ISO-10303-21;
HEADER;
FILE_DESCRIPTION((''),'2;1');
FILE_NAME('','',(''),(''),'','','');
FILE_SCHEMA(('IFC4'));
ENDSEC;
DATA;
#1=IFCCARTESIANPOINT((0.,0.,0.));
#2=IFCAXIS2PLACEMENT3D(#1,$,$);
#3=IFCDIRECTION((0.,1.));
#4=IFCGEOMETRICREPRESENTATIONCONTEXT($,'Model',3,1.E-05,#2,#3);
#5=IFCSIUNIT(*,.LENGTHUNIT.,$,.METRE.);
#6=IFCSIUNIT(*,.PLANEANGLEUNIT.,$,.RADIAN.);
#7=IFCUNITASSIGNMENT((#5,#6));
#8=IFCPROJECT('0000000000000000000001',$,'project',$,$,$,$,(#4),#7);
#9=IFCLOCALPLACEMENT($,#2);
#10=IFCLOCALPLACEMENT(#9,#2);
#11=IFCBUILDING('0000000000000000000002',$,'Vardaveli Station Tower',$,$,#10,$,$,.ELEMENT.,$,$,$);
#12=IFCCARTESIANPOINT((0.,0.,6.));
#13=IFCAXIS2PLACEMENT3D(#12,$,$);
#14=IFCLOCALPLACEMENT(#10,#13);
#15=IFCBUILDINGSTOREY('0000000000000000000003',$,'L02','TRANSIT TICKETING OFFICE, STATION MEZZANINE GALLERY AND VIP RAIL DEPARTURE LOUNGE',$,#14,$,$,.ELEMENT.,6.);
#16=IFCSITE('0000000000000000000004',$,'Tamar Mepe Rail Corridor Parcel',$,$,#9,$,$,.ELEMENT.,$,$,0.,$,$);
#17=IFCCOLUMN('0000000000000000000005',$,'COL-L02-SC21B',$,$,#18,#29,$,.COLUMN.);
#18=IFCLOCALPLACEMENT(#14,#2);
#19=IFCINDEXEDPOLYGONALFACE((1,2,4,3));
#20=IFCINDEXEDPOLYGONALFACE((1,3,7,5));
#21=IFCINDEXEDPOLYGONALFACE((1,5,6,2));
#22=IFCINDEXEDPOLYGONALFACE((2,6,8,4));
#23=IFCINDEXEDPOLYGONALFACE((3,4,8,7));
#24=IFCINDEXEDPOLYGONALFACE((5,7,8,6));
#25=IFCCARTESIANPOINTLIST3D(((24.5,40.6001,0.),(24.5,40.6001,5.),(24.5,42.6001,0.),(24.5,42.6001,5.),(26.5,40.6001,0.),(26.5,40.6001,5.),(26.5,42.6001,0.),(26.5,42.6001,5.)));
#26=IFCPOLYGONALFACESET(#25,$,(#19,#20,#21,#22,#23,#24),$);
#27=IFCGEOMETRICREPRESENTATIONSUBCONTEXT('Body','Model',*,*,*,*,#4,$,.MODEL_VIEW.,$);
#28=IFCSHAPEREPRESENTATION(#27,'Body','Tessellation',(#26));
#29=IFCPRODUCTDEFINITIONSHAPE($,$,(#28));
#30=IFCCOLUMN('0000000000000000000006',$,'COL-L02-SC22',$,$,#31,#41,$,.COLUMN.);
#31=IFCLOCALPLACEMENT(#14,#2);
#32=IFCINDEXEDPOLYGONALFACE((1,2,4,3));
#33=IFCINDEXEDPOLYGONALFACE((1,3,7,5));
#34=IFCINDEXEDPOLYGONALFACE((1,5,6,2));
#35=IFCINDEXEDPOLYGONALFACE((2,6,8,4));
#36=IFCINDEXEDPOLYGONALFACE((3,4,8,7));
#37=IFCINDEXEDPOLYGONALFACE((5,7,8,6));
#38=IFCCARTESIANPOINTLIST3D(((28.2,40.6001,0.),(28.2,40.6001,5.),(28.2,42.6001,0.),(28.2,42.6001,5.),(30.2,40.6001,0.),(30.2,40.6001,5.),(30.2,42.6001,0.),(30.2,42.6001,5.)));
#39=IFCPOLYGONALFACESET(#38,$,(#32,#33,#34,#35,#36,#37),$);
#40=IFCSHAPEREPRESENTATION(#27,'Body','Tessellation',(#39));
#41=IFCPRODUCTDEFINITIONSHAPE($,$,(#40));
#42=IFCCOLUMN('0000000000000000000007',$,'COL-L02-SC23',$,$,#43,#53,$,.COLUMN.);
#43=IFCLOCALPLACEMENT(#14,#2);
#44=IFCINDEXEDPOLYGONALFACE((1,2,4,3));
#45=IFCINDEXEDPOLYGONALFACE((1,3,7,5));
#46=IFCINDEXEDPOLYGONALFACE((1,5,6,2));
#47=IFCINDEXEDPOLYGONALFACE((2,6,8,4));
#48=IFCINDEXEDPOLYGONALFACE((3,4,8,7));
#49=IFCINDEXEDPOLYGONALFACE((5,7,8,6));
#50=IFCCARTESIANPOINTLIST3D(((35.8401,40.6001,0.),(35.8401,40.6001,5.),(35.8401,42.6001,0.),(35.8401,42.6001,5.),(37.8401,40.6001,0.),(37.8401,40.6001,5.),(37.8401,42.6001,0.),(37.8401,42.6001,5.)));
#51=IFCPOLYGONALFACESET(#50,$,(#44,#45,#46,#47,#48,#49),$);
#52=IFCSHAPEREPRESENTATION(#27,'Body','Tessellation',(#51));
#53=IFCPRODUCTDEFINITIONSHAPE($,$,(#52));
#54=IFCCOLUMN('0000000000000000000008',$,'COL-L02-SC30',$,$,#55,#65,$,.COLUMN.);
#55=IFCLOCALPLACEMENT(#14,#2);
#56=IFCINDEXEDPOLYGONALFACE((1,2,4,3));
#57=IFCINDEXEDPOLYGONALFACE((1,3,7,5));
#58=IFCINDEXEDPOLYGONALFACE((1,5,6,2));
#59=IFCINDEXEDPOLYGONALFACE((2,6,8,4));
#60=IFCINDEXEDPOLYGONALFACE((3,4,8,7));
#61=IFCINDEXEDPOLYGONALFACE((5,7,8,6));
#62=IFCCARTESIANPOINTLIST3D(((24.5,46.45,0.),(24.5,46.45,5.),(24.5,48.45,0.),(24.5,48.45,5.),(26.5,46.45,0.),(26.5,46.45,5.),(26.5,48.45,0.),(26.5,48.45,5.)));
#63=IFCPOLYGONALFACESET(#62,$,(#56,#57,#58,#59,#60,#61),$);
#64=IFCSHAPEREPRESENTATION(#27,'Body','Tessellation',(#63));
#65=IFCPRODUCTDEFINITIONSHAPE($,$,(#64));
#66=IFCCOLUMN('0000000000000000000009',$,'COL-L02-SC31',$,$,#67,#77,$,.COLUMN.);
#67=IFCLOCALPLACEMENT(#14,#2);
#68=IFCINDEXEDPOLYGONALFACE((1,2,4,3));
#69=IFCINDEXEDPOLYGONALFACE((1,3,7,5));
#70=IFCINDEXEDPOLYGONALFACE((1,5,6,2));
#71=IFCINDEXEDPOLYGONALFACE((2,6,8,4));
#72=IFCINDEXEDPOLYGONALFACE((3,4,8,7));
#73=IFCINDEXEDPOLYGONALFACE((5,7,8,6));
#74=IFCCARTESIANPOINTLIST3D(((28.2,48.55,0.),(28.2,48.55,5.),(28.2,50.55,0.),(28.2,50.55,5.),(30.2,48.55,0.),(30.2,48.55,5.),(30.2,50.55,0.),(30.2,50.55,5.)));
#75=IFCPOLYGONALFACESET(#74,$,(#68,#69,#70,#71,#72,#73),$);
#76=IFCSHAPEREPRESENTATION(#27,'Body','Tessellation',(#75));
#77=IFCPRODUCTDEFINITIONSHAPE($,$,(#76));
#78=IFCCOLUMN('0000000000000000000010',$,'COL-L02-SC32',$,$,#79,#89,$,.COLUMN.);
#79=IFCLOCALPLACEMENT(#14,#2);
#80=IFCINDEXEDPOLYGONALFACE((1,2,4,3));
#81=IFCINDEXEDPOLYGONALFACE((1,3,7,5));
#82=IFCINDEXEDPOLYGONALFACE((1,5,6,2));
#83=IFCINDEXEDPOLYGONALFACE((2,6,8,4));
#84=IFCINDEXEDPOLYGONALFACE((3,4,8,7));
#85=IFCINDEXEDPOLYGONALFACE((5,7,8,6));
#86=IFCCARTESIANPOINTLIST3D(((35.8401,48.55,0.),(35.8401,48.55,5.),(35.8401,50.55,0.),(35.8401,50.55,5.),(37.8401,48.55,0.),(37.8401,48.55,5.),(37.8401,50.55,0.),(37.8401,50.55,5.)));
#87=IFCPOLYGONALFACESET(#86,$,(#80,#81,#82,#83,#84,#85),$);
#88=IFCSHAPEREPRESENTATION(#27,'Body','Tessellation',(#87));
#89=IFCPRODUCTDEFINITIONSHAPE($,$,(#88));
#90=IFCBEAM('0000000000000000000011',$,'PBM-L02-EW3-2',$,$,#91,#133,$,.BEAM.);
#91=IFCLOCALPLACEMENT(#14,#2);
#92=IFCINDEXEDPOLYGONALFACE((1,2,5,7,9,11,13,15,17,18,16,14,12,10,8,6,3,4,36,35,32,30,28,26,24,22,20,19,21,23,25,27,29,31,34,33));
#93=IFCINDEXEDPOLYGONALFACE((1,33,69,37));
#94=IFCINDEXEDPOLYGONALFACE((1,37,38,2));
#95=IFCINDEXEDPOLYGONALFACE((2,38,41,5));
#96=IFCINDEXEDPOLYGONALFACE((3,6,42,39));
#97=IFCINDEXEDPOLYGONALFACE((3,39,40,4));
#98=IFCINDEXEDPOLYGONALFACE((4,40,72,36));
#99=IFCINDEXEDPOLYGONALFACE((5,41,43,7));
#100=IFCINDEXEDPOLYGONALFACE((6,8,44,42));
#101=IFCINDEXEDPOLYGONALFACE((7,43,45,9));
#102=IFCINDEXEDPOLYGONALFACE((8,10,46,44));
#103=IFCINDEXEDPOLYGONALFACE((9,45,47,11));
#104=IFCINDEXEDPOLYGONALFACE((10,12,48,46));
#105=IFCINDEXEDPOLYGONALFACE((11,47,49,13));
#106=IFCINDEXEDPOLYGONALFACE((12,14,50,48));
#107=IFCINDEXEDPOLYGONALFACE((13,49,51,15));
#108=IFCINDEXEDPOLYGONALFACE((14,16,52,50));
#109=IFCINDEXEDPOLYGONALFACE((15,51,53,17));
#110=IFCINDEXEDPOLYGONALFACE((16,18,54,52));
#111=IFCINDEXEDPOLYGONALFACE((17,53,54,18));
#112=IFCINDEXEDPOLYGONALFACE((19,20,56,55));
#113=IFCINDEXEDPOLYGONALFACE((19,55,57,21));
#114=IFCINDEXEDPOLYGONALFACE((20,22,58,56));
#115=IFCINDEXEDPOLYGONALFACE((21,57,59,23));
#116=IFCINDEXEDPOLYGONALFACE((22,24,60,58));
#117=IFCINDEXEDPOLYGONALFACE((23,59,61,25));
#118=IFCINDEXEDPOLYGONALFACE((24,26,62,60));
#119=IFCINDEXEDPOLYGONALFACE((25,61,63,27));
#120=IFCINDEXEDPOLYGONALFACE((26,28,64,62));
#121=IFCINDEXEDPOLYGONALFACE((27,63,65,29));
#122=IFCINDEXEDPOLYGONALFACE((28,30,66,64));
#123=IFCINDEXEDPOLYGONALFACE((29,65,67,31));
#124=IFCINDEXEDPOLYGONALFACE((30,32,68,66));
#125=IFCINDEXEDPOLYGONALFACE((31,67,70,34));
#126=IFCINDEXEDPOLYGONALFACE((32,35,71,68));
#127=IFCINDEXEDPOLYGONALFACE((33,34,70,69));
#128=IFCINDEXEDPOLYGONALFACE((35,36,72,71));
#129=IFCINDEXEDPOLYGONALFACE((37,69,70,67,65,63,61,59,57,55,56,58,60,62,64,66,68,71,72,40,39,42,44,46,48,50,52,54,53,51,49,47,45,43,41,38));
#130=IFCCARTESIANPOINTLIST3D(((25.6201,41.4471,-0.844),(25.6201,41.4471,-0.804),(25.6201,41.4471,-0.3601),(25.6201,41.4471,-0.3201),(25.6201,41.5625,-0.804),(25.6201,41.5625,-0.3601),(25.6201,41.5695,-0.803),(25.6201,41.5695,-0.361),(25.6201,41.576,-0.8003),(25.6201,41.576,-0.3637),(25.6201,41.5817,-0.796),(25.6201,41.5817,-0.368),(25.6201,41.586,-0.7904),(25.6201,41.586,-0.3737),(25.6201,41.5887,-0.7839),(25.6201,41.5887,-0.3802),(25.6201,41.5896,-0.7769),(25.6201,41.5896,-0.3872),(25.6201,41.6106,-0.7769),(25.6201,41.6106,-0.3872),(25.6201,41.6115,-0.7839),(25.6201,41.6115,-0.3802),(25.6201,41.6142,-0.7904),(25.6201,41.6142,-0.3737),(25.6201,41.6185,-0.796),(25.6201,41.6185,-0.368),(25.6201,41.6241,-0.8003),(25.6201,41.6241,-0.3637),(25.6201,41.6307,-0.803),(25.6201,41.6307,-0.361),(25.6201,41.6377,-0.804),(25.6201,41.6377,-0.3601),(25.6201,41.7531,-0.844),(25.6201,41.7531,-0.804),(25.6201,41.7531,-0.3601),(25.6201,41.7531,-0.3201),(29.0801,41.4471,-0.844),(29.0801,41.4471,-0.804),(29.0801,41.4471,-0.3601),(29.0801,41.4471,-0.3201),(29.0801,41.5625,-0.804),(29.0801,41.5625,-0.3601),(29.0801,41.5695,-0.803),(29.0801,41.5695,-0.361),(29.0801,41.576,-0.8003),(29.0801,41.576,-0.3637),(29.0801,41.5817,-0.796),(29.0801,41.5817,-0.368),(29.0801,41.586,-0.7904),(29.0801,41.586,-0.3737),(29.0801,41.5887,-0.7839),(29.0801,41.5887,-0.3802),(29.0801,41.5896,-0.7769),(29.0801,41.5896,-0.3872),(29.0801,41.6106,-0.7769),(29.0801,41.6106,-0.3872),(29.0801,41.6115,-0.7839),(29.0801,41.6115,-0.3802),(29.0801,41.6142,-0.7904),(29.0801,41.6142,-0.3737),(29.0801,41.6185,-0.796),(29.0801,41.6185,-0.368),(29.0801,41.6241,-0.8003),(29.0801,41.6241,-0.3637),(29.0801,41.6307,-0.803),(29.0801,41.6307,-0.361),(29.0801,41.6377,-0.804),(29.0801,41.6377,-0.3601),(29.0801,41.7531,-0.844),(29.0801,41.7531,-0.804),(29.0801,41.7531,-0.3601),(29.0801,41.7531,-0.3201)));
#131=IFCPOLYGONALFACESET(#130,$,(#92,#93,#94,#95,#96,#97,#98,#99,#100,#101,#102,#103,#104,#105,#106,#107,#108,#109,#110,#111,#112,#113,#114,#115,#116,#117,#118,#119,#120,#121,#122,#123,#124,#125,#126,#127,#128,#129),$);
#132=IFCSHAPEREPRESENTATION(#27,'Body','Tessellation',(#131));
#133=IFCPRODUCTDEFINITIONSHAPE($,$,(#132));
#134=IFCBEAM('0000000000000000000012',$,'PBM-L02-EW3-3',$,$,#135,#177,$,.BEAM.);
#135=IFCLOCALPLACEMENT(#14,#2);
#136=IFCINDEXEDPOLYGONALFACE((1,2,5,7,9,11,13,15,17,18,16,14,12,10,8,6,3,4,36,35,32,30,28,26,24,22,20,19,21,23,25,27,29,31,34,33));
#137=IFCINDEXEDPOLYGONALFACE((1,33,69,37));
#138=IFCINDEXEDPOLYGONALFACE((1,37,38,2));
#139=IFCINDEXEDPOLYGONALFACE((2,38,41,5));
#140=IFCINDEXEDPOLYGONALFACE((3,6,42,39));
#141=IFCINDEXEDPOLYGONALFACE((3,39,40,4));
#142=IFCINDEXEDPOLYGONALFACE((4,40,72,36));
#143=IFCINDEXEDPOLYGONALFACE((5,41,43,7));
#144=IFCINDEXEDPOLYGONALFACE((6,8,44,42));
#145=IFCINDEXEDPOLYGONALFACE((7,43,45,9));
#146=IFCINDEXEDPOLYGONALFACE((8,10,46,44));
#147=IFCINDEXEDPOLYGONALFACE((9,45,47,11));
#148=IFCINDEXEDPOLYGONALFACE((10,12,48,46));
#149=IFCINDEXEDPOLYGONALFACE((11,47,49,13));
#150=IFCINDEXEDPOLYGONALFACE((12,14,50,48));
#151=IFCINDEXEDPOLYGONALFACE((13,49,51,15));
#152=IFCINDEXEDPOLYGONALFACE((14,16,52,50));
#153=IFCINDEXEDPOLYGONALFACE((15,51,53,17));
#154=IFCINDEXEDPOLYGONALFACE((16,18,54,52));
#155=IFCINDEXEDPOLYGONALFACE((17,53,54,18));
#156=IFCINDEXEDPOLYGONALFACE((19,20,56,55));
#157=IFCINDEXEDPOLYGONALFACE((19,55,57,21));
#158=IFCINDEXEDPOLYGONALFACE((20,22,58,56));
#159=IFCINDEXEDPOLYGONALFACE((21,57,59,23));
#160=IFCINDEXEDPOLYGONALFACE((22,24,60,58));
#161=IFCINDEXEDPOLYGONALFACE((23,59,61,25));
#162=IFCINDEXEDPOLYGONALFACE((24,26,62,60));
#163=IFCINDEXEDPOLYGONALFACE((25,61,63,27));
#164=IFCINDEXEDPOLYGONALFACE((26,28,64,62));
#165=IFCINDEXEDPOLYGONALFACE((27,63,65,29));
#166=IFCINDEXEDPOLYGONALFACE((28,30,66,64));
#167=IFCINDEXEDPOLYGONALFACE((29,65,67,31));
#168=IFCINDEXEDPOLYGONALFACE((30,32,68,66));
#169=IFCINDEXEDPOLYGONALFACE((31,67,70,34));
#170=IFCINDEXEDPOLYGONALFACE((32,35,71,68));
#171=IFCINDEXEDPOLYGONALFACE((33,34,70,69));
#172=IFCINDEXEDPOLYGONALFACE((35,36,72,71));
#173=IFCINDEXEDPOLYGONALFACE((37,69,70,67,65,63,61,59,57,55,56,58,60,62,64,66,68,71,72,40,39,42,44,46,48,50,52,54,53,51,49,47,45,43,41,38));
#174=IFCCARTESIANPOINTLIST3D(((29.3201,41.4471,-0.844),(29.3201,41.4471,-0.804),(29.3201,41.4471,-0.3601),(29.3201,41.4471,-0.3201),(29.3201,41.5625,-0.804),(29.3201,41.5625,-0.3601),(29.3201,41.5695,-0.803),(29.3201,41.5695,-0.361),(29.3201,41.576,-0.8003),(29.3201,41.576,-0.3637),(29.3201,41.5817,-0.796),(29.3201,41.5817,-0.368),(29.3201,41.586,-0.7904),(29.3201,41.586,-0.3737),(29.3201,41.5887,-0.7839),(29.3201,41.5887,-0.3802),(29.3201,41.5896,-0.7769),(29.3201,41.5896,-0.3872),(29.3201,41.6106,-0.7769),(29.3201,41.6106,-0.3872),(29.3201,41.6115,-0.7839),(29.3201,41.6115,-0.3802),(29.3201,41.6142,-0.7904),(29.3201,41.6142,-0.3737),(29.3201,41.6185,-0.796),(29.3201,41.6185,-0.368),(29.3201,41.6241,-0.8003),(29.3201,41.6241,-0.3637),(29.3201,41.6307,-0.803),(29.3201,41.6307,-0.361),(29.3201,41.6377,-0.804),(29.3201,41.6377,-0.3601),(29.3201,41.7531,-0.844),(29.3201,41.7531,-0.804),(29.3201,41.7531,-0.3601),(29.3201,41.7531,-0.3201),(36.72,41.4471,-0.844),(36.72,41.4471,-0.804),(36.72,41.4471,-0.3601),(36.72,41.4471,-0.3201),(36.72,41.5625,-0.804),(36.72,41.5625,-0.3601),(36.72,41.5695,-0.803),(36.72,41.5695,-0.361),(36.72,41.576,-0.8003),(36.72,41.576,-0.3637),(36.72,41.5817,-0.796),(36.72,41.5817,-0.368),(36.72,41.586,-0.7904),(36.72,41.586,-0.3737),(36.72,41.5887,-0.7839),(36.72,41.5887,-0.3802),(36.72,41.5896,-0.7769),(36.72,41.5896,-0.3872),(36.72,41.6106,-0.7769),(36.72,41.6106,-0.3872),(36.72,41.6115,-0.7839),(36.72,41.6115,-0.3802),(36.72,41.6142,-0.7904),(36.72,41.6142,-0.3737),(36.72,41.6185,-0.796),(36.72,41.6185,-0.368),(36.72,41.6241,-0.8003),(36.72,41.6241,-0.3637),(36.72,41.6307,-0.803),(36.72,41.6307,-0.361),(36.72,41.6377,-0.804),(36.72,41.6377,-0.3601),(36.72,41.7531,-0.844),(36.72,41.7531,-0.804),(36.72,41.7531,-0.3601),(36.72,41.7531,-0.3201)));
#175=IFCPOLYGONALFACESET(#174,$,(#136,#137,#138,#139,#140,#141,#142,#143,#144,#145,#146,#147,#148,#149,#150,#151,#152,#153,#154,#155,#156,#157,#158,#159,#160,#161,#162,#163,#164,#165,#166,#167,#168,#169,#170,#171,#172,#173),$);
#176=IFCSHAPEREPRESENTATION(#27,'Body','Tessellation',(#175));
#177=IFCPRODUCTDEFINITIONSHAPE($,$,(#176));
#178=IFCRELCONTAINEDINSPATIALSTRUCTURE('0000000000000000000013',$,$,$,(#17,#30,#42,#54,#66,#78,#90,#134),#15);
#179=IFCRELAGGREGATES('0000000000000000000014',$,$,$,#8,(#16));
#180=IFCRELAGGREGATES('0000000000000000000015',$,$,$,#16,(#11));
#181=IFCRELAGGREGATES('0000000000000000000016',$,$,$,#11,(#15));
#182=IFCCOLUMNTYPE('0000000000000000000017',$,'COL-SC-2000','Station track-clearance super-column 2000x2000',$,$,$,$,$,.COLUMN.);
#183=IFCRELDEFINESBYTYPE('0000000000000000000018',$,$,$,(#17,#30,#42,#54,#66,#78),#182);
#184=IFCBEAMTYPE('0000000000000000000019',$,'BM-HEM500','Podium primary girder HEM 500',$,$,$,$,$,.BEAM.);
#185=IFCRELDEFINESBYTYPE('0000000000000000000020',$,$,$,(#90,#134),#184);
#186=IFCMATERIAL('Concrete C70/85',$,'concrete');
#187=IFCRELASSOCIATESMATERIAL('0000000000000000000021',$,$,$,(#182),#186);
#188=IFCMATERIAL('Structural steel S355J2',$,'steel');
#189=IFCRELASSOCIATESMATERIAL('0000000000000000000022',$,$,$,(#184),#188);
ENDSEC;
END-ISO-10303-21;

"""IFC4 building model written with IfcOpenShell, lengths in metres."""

from ifc_helpers import new_model, si_unit, direction, frame, origin, origin_2d, place, context, subcontext, project, spatial, rectangle, i_section, extrude, source, transform, mapped, material, material_profile, profile_set, type_object, element, save


model = new_model("IFC4")

# Units and contexts
model_context = context("Model", 3, precision=1e-05, world=origin(), true_north=direction((0.0, 1.0)))
body_context = subcontext(model_context, "Body", "Model", "MODEL_VIEW")
ifc_project = project(units=[si_unit("LENGTHUNIT", "METRE"), si_unit("PLANEANGLEUNIT", "RADIAN")], contexts=[model_context])

# Site, building, storey
site_placement = place(None, origin())
site = spatial("IfcSite", under=ifc_project, at=site_placement, Name="Tamar Mepe Rail Corridor Parcel", CompositionType="ELEMENT", RefElevation=0.0)
building_placement = place(site_placement, origin())
building = spatial("IfcBuilding", under=site, at=building_placement, Name="Vardaveli Station Tower", CompositionType="ELEMENT")
storey_placement = place(building_placement, frame((0.0, 0.0, 6.0)))
storey = spatial("IfcBuildingStorey", under=building, at=storey_placement, Name="L02", Description="TRANSIT TICKETING OFFICE, STATION MEZZANINE GALLERY AND VIP RAIL DEPARTURE LOUNGE", CompositionType="ELEMENT", Elevation=6.0)

# Columns
ifc_material_1 = material(Name="Concrete C70/85", Category="concrete")
ifc_material_profile_1 = material_profile(ifc_material_1, rectangle(XDim=2.0, YDim=2.0, at=origin_2d()), Name="SC 2000x2000")
ifc_profile_set_1 = profile_set([ifc_material_profile_1], Name="Concrete C70/85")
column_type = type_object("IfcColumnType", Name="COL-SC-2000", Description="Station track-clearance super-column 2000x2000", PredefinedType="COLUMN", material=ifc_profile_set_1)
shared_shape_1 = source(origin(), body_context, "Body", "SweptSolid", [
    extrude(rectangle(XDim=2.0, YDim=2.0, at=origin_2d()), origin(), (0.0, 0.0, 1.0), 5.0),
])
for number, where, z_axis, x_axis, name in (
    (1, (25.5, 41.6001, 0.0), (0.0, 0.0, 1.0), (1.0, 0.0, 0.0), "COL-L02-SC21B"),
    (2, (29.2, 41.6001, 0.0), (0.0, 0.0, 1.0), (1.0, 0.0, 0.0), "COL-L02-SC22"),
    (3, (36.8401, 41.6001, 0.0), (0.0, 0.0, 1.0), (1.0, 0.0, 0.0), "COL-L02-SC23"),
    (4, (25.5, 47.45, 0.0), (0.0, 0.0, 1.0), (1.0, 0.0, 0.0), "COL-L02-SC30"),
    (5, (29.2, 49.55, 0.0), (0.0, 0.0, 1.0), (1.0, 0.0, 0.0), "COL-L02-SC31"),
    (6, (36.8401, 49.55, 0.0), (0.0, 0.0, 1.0), (1.0, 0.0, 0.0), "COL-L02-SC32"),
):
    element("IfcColumn", number, at=place(storey_placement, frame(where, z_axis=z_axis, x_axis=x_axis)), inside=storey, type_object=column_type, Name=name, PredefinedType="COLUMN", context=body_context, shape_type="MappedRepresentation", body=[
        mapped(shared_shape_1, transform((0.0, 0.0, 0.0), scale=1.0)),
    ])

# Beams
ifc_material_2 = material(Name="Structural steel S355J2", Category="steel")
ifc_material_profile_2 = material_profile(ifc_material_2, i_section(OverallWidth=0.3059, OverallDepth=0.5239, WebThickness=0.021, FlangeThickness=0.04, FilletRadius=0.0271, at=origin_2d()), Name="HEM 500")
ifc_profile_set_2 = profile_set([ifc_material_profile_2], Name="Structural steel S355J2")
beam_type = type_object("IfcBeamType", Name="BM-HEM500", Description="Podium primary girder HEM 500", PredefinedType="BEAM", material=ifc_profile_set_2)
shared_shape_2 = source(origin(), body_context, "Body", "SweptSolid", [
    extrude(i_section(OverallWidth=0.3059, OverallDepth=0.5239, WebThickness=0.021, FlangeThickness=0.04, FilletRadius=0.0271, at=origin_2d()), origin(), (0.0, 0.0, 1.0), 3.46),
])
beam_placement = place(storey_placement, frame((25.6201, 41.6001, -0.582), z_axis=(1.0, 0.0, 0.0), x_axis=(0.0, 1.0, 0.0)))
element("IfcBeam", 7, at=beam_placement, inside=storey, type_object=beam_type, Name="PBM-L02-EW3-2", PredefinedType="BEAM", context=body_context, shape_type="MappedRepresentation", body=[
    mapped(shared_shape_2, transform((0.0, 0.0, 0.0), scale=1.0)),
])
shared_shape_3 = source(origin(), body_context, "Body", "SweptSolid", [
    extrude(i_section(OverallWidth=0.3059, OverallDepth=0.5239, WebThickness=0.021, FlangeThickness=0.04, FilletRadius=0.0271, at=origin_2d()), origin(), (0.0, 0.0, 1.0), 7.3999),
])
for number, where, z_axis, x_axis, name in (
    (8, (29.3201, 41.6001, -0.582), (1.0, 0.0, 0.0), (0.0, 1.0, 0.0), "PBM-L02-EW3-3"),
):
    element("IfcBeam", number, at=place(storey_placement, frame(where, z_axis=z_axis, x_axis=x_axis)), inside=storey, type_object=beam_type, Name=name, PredefinedType="BEAM", context=body_context, shape_type="MappedRepresentation", body=[
        mapped(shared_shape_3, transform((0.0, 0.0, 0.0), scale=1.0)),
    ])

save(model, "model.ifc")
